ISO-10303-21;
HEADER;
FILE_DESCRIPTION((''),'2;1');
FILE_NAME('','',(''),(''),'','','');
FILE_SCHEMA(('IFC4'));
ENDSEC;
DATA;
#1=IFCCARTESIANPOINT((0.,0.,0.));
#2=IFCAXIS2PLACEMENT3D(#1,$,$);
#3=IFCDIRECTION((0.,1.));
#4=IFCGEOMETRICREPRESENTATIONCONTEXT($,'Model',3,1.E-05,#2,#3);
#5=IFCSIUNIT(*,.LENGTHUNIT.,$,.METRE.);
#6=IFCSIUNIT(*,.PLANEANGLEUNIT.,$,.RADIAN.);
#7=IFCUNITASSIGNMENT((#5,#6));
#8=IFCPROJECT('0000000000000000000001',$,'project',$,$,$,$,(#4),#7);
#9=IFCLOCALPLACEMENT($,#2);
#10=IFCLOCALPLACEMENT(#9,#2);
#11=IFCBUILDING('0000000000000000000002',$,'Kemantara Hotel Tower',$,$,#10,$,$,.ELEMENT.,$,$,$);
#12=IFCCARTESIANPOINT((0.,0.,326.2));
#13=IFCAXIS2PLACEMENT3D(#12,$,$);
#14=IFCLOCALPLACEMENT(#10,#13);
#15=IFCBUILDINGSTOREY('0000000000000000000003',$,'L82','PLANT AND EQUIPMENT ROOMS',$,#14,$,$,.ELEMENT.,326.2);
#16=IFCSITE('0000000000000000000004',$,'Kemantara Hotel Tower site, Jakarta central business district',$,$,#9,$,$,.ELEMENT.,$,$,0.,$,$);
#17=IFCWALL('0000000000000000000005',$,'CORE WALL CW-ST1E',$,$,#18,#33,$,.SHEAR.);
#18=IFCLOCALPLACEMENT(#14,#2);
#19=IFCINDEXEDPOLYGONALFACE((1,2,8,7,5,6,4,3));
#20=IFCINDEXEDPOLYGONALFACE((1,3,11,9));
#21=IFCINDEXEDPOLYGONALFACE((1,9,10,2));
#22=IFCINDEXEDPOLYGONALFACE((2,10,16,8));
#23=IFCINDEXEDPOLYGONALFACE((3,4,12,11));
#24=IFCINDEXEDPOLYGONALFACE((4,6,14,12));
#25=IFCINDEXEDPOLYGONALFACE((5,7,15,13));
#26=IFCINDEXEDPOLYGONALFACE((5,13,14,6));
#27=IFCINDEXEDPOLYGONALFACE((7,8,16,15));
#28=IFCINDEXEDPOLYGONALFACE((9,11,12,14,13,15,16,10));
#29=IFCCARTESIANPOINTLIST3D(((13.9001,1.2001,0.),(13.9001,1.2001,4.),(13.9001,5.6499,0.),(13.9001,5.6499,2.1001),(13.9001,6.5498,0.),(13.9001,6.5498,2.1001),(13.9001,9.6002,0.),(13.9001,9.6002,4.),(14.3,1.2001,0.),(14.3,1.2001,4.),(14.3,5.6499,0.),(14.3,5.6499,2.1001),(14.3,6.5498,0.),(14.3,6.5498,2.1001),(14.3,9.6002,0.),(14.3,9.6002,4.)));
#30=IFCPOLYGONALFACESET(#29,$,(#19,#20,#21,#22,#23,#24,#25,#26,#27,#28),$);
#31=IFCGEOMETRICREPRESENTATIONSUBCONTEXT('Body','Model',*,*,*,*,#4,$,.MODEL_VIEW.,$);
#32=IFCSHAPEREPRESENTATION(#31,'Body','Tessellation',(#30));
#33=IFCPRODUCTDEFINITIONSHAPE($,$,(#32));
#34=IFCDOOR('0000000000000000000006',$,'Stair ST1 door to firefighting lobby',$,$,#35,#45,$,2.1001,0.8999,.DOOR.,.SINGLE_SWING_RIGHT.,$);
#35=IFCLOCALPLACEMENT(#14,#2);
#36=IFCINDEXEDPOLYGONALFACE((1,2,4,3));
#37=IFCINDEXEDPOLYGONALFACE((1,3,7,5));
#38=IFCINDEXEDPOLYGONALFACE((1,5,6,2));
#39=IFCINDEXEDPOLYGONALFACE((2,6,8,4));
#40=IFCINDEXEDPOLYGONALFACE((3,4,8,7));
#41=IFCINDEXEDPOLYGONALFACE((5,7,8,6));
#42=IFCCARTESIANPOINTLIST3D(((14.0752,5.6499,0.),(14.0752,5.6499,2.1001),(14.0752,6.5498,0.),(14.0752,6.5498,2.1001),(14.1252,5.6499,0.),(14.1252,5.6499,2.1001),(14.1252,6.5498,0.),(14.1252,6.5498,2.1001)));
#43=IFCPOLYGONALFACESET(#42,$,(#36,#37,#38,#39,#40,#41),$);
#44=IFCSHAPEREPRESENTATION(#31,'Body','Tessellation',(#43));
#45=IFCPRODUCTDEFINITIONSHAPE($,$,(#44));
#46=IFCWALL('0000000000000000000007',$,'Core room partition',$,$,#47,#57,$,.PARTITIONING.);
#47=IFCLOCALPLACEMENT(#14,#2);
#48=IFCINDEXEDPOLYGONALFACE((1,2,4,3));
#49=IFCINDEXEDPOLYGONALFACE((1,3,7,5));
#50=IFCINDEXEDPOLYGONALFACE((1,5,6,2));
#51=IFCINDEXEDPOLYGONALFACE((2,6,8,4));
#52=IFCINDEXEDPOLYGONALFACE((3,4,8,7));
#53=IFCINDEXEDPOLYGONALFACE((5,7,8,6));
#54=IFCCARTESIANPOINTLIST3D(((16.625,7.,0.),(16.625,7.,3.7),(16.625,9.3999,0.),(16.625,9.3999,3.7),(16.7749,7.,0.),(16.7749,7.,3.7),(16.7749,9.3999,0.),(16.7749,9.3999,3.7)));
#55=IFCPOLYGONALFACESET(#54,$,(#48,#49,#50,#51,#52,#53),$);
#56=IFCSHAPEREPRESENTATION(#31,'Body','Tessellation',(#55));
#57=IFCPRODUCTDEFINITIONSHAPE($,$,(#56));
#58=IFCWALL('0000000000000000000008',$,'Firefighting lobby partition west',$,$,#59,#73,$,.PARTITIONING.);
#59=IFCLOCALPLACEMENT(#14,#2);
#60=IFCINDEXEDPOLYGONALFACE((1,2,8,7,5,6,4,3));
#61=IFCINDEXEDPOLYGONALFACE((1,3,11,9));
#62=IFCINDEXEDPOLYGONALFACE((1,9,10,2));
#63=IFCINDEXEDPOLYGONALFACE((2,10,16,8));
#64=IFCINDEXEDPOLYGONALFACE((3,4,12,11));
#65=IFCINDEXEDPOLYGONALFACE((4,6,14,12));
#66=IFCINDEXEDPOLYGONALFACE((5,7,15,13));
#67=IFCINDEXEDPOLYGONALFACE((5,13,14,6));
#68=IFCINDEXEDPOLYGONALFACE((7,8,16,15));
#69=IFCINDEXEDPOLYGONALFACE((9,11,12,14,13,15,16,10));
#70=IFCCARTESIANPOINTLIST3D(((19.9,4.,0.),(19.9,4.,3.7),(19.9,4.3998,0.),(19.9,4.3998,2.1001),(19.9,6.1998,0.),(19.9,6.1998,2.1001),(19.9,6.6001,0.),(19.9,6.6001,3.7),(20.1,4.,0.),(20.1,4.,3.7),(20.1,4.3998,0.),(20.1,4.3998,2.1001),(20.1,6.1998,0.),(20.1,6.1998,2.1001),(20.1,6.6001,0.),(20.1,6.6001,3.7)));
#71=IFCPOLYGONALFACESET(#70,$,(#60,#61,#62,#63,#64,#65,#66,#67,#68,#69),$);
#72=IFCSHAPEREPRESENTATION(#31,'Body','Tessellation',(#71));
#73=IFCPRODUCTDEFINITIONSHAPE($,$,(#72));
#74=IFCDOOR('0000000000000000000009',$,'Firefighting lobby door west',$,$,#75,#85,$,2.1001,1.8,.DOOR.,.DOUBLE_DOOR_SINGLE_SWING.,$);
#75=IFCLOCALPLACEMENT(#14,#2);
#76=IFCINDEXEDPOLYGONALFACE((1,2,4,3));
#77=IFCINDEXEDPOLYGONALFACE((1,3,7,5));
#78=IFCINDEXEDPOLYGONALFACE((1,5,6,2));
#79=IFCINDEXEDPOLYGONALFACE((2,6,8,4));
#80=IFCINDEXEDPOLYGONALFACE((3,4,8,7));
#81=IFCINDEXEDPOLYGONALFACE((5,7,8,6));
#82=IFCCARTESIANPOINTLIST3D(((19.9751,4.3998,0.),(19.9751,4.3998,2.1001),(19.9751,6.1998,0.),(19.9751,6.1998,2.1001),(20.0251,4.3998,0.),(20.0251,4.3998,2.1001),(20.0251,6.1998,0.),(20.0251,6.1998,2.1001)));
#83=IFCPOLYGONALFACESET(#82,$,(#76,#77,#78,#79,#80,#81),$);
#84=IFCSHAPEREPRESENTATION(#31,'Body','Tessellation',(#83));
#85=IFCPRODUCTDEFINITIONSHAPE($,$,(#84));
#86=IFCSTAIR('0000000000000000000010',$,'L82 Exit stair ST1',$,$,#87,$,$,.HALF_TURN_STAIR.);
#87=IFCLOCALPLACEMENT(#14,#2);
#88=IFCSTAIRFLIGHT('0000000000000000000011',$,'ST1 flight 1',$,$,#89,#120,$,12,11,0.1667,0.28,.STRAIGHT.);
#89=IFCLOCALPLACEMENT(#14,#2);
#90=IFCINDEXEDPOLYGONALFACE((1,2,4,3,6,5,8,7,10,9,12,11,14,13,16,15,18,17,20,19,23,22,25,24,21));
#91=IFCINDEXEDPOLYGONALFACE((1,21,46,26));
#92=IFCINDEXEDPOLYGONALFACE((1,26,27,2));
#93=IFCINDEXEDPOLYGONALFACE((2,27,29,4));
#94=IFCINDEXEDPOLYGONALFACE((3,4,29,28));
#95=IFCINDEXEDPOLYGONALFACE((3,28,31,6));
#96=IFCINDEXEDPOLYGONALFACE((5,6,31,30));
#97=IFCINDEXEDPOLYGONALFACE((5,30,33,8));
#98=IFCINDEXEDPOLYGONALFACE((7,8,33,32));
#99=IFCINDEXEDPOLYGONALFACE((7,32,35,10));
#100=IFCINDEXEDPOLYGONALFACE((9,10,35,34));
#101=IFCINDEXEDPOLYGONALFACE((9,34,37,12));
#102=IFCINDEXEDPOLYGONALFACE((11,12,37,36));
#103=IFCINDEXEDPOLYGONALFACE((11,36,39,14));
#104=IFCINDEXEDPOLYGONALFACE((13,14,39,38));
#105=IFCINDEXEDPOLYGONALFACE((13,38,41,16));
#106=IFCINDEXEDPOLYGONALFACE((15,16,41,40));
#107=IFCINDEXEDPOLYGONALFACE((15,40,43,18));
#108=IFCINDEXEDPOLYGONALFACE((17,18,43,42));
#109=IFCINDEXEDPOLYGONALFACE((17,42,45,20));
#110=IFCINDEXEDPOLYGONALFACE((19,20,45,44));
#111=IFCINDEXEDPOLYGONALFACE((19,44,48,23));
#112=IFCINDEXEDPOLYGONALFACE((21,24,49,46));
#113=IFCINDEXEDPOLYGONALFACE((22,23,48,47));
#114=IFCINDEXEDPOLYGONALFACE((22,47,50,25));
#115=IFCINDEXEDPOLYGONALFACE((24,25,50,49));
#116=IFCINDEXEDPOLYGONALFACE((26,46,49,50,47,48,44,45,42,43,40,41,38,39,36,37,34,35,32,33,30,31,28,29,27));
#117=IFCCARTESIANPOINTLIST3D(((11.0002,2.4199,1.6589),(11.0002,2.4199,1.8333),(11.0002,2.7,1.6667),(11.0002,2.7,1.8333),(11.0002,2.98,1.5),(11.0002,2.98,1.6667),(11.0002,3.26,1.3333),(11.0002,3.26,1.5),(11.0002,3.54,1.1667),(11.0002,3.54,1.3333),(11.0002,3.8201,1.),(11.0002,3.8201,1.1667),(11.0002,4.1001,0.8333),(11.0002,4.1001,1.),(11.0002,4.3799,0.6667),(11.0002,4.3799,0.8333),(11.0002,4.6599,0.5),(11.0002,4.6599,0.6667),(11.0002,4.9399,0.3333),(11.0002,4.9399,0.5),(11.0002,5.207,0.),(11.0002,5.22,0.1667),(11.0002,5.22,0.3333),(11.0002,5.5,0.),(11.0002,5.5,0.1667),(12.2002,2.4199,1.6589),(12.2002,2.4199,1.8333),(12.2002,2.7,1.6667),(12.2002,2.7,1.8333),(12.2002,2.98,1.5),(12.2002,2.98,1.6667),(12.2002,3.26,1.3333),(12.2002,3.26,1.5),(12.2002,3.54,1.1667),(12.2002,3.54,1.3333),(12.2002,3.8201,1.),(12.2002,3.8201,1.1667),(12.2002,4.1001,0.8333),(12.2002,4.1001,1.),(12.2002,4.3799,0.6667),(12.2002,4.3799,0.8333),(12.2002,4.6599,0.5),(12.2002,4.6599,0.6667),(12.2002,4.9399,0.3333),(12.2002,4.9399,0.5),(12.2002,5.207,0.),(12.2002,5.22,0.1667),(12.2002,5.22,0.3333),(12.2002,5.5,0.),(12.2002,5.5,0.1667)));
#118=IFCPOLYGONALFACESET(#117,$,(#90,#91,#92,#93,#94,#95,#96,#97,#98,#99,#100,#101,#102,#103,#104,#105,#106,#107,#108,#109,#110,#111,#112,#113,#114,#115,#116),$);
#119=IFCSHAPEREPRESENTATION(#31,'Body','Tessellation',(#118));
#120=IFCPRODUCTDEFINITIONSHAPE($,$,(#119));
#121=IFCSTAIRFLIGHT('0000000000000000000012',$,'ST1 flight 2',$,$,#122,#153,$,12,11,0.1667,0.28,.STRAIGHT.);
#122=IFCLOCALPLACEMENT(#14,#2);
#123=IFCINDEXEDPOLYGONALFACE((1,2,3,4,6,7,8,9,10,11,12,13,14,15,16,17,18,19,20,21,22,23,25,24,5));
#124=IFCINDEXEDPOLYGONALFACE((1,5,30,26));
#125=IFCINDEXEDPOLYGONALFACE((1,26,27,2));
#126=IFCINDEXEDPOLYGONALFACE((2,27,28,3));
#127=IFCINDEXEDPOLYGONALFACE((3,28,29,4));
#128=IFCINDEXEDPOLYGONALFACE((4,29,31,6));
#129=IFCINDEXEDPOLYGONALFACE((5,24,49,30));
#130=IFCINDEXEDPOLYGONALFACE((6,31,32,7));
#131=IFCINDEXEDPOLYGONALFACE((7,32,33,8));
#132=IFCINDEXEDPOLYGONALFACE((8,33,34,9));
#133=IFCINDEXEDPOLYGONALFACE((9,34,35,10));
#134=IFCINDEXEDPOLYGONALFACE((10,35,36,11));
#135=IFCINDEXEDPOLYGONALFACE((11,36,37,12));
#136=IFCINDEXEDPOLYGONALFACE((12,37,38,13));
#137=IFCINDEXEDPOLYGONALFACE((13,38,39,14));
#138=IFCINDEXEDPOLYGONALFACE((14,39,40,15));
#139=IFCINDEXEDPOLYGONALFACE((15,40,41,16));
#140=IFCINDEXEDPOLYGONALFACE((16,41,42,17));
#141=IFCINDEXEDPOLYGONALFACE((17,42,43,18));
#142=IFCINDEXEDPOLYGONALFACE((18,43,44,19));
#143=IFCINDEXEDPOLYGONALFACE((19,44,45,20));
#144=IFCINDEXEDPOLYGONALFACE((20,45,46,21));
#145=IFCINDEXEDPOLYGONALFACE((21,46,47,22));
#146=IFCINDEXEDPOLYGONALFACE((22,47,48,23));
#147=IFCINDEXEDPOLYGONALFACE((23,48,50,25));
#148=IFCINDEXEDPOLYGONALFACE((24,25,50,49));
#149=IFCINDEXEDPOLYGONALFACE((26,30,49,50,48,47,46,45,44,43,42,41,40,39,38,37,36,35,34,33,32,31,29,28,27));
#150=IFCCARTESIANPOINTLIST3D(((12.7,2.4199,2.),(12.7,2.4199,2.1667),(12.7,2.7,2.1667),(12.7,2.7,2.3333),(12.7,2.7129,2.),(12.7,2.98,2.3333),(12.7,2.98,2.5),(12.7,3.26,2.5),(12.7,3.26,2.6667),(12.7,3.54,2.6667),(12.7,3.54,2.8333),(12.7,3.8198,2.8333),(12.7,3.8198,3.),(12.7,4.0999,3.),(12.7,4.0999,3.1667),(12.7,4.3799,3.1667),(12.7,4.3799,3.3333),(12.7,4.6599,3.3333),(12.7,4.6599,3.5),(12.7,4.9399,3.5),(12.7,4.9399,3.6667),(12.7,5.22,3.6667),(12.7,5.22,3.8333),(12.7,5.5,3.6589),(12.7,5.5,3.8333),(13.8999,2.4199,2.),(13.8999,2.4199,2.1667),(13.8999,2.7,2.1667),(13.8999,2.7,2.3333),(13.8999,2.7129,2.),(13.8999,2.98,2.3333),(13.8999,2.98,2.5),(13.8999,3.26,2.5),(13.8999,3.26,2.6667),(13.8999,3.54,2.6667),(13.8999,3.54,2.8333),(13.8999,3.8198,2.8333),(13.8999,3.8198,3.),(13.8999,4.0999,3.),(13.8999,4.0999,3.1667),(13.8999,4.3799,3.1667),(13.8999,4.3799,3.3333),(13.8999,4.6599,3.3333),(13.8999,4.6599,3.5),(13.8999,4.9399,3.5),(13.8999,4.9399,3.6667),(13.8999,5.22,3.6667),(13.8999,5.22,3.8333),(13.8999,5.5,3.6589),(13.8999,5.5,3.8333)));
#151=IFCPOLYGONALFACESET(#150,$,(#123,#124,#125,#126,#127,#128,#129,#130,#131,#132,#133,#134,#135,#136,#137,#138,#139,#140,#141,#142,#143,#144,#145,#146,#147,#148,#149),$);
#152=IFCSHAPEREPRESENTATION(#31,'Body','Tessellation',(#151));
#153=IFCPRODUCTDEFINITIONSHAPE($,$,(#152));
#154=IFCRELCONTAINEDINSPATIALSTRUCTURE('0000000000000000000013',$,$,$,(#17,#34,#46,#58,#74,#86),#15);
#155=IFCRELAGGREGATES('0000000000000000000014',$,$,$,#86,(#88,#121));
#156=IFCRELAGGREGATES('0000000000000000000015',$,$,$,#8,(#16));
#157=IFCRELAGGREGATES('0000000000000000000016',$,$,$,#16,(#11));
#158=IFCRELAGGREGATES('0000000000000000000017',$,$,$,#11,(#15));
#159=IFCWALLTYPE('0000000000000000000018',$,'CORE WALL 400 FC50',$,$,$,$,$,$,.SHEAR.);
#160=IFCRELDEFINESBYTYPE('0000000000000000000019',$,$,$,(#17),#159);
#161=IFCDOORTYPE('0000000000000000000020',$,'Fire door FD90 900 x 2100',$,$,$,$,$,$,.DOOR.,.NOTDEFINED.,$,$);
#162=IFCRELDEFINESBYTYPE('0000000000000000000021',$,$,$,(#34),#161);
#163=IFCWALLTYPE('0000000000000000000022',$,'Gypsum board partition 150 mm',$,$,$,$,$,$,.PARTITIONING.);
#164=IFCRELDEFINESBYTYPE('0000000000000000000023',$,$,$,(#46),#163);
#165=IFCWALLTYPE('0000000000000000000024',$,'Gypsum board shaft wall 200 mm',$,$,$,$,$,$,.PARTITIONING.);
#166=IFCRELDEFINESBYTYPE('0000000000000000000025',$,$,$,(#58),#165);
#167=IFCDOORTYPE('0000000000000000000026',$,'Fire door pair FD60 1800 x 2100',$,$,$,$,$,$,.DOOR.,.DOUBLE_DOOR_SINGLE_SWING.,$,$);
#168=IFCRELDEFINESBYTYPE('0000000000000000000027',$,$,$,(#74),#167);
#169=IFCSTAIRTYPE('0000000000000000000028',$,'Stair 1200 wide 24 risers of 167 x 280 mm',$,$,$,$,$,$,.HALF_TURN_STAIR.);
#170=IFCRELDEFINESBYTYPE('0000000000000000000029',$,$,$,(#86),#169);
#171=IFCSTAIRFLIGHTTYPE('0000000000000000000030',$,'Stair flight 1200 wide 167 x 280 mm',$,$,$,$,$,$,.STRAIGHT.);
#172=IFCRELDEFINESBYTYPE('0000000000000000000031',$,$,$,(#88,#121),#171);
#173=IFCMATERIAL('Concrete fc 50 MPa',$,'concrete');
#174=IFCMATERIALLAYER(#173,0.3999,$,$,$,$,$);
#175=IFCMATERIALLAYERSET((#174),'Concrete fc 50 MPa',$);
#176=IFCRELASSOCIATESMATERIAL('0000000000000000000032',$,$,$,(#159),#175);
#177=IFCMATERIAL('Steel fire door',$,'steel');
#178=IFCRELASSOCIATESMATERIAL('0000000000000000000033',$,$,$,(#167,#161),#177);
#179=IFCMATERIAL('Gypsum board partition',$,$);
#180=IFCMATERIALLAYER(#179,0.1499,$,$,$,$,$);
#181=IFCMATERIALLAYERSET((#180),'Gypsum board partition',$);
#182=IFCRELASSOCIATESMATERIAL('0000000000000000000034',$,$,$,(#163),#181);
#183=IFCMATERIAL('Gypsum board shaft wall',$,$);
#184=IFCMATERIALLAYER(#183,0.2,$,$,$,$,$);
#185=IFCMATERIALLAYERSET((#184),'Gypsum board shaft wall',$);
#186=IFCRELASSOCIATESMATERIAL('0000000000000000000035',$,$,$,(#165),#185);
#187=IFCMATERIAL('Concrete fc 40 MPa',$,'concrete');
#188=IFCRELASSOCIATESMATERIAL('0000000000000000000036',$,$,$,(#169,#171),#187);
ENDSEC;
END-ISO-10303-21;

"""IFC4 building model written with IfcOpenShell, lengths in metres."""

from ifc_helpers import new_model, si_unit, direction, frame, frame_2d, origin, place, context, subcontext, project, spatial, polyline, rectangle, outline, extrude, material, layer, layer_set, type_object, element, fill, aggregate, save


model = new_model("IFC4")

# Units and contexts
model_context = context("Model", 3, precision=1e-05, world=origin(), true_north=direction((0.0, 1.0)))
body_context = subcontext(model_context, "Body", "Model", "MODEL_VIEW")
ifc_project = project(units=[si_unit("LENGTHUNIT", "METRE"), si_unit("PLANEANGLEUNIT", "RADIAN")], contexts=[model_context])

# Site, building, storey
site_placement = place(None, origin())
site = spatial("IfcSite", under=ifc_project, at=site_placement, Name="Kemantara Hotel Tower site, Jakarta central business district", CompositionType="ELEMENT", RefElevation=0.0)
building_placement = place(site_placement, origin())
building = spatial("IfcBuilding", under=site, at=building_placement, Name="Kemantara Hotel Tower", CompositionType="ELEMENT")
storey_placement = place(building_placement, frame((0.0, 0.0, 326.2)))
storey = spatial("IfcBuildingStorey", under=building, at=storey_placement, Name="L82", Description="PLANT AND EQUIPMENT ROOMS", CompositionType="ELEMENT", Elevation=326.2)

# Shared definitions
ifc_material_1 = material(Name="Concrete fc 50 MPa", Category="concrete")

# Shared definitions
ifc_layer_1 = layer(ifc_material_1, 0.3999)
ifc_layer_set_1 = layer_set([ifc_layer_1], Name="Concrete fc 50 MPa")
wall_type_1 = type_object("IfcWallType", Name="CORE WALL 400 FC50", PredefinedType="SHEAR", material=ifc_layer_set_1)
ifc_material_2 = material(Name="Steel fire door", Category="steel")
door_type_1 = type_object("IfcDoorType", Name="Fire door pair FD60 1800 x 2100", OperationType="DOUBLE_DOOR_SINGLE_SWING", PredefinedType="DOOR", material=ifc_material_2)

# Wall, opening, door
wall_1_placement = place(storey_placement, frame((14.1001, 1.2, 0.0), z_axis=(0.0, 0.0, 1.0), x_axis=(0.0, 1.0, 0.0)))
wall_1 = element("IfcWall", 1, at=wall_1_placement, inside=storey, type_object=wall_type_1, Name="CORE WALL CW-ST1E", PredefinedType="SHEAR", context=body_context, shape_type="SweptSolid", body=[
    extrude(rectangle(XDim=8.4001, YDim=0.3999, at=frame_2d((4.2002, 0.0))), origin(), (0.0, 0.0, 1.0), 4.0),
])
opening_1_placement = place(wall_1_placement, frame((4.45, 0.0, 0.0)))
opening_1 = element("IfcOpeningElement", 2, at=opening_1_placement, cuts=wall_1, PredefinedType="OPENING", context=body_context, shape_type="SweptSolid", body=[
    extrude(rectangle(XDim=0.8999, YDim=2.1001, at=frame_2d((0.45, 1.05))), frame((0.0, 0.21, 0.0), z_axis=(0.0, -1.0, 0.0), x_axis=(1.0, 0.0, 0.0)), (0.0, 0.0, 1.0), 0.4199),
])
door_type_2 = type_object("IfcDoorType", Name="Fire door FD90 900 x 2100", OperationType="NOTDEFINED", PredefinedType="DOOR", material=ifc_material_2)
door_1_placement = place(opening_1_placement, origin())
door_1 = element("IfcDoor", 3, at=door_1_placement, inside=storey, type_object=door_type_2, Name="Stair ST1 door to firefighting lobby", OperationType="SINGLE_SWING_RIGHT", OverallHeight=2.1001, OverallWidth=0.8999, PredefinedType="DOOR", context=body_context, shape_type="SweptSolid", body=[
    extrude(rectangle(XDim=0.8999, YDim=2.1001, at=frame_2d((0.45, 1.05))), frame((0.0, 0.0249, 0.0), z_axis=(0.0, -1.0, 0.0), x_axis=(1.0, 0.0, 0.0)), (0.0, 0.0, 1.0), 0.05),
])
fill(opening_1, door_1)

# Wall
ifc_material_3 = material(Name="Gypsum board partition")
ifc_layer_2 = layer(ifc_material_3, 0.1499)
ifc_layer_set_2 = layer_set([ifc_layer_2], Name="Gypsum board partition")
wall_type_2 = type_object("IfcWallType", Name="Gypsum board partition 150 mm", PredefinedType="PARTITIONING", material=ifc_layer_set_2)
wall_2_placement = place(storey_placement, frame((16.7, 7.0, 0.0), z_axis=(0.0, 0.0, 1.0), x_axis=(0.0, 1.0, 0.0)))
element("IfcWall", 4, at=wall_2_placement, inside=storey, type_object=wall_type_2, Name="Core room partition", PredefinedType="PARTITIONING", context=body_context, shape_type="SweptSolid", body=[
    extrude(rectangle(XDim=2.3999, YDim=0.1499, at=frame_2d((1.2, 0.0))), origin(), (0.0, 0.0, 1.0), 3.7),
])

# Wall, opening, door
ifc_material_4 = material(Name="Gypsum board shaft wall")
ifc_layer_3 = layer(ifc_material_4, 0.2)
ifc_layer_set_3 = layer_set([ifc_layer_3], Name="Gypsum board shaft wall")
wall_type_3 = type_object("IfcWallType", Name="Gypsum board shaft wall 200 mm", PredefinedType="PARTITIONING", material=ifc_layer_set_3)
wall_3_placement = place(storey_placement, frame((20.0, 4.0, 0.0), z_axis=(0.0, 0.0, 1.0), x_axis=(0.0, 1.0, 0.0)))
wall_3 = element("IfcWall", 5, at=wall_3_placement, inside=storey, type_object=wall_type_3, Name="Firefighting lobby partition west", PredefinedType="PARTITIONING", context=body_context, shape_type="SweptSolid", body=[
    extrude(rectangle(XDim=2.6001, YDim=0.2, at=frame_2d((1.3, 0.0))), origin(), (0.0, 0.0, 1.0), 3.7),
])
opening_2_placement = place(wall_3_placement, frame((0.3999, 0.0, 0.0)))
opening_2 = element("IfcOpeningElement", 6, at=opening_2_placement, cuts=wall_3, PredefinedType="OPENING", context=body_context, shape_type="SweptSolid", body=[
    extrude(rectangle(XDim=1.8, YDim=2.1001, at=frame_2d((0.8999, 1.05))), frame((0.0, 0.1099, 0.0), z_axis=(0.0, -1.0, 0.0), x_axis=(1.0, 0.0, 0.0)), (0.0, 0.0, 1.0), 0.22),
])
door_2_placement = place(opening_2_placement, origin())
door_2 = element("IfcDoor", 7, at=door_2_placement, inside=storey, type_object=door_type_1, Name="Firefighting lobby door west", OperationType="DOUBLE_DOOR_SINGLE_SWING", OverallHeight=2.1001, OverallWidth=1.8, PredefinedType="DOOR", context=body_context, shape_type="SweptSolid", body=[
    extrude(rectangle(XDim=1.8, YDim=2.1001, at=frame_2d((0.8999, 1.05))), frame((0.0, 0.0249, 0.0), z_axis=(0.0, -1.0, 0.0), x_axis=(1.0, 0.0, 0.0)), (0.0, 0.0, 1.0), 0.05),
])
fill(opening_2, door_2)

# Stair, stair flights
ifc_material_5 = material(Name="Concrete fc 40 MPa", Category="concrete")
stair_type = type_object("IfcStairType", Name="Stair 1200 wide 24 risers of 167 x 280 mm", PredefinedType="HALF_TURN_STAIR", material=ifc_material_5)
stair_placement = place(storey_placement, origin())
stair = element("IfcStair", 8, at=stair_placement, inside=storey, type_object=stair_type, Name="L82 Exit stair ST1", PredefinedType="HALF_TURN_STAIR")
stair_flight_type = type_object("IfcStairFlightType", Name="Stair flight 1200 wide 167 x 280 mm", PredefinedType="STRAIGHT", material=ifc_material_5)
stair_flight_1_placement = place(storey_placement, frame((11.6001, 5.5, 0.0), z_axis=(0.0, 0.0, 1.0), x_axis=(0.0, -1.0, 0.0)))
stair_flight_1 = element("IfcStairFlight", 9, at=stair_flight_1_placement, type_object=stair_flight_type, Name="ST1 flight 1", NumberOfRisers=12, NumberOfTreads=11, PredefinedType="STRAIGHT", RiserHeight=0.1667, TreadLength=0.28, context=body_context, shape_type="SweptSolid", body=[
    extrude(outline(polyline([(0.0, 0.0), (0.0, 0.1667), (0.28, 0.1667), (0.28, 0.3333), (0.5601, 0.3333), (0.5601, 0.5), (0.8401, 0.5), (0.8401, 0.6667), (1.1201, 0.6667), (1.1201, 0.8333), (1.3999, 0.8333), (1.3999, 1.0), (1.6799, 1.0), (1.6799, 1.1667), (1.96, 1.1667), (1.96, 1.3333), (2.24, 1.3333), (2.24, 1.5), (2.52, 1.5), (2.52, 1.6667), (2.8, 1.6667), (2.8, 1.8333), (3.0801, 1.8333), (3.0801, 2.0), (3.0801, 1.6589), (0.293, 0.0), (0.0, 0.0)])), frame((0.0, 0.6001, 0.0), z_axis=(0.0, -1.0, 0.0), x_axis=(1.0, 0.0, 0.0)), (0.0, 0.0, 1.0), 1.2),
])
stair_flight_2_placement = place(storey_placement, frame((13.3, 2.4199, 2.0), z_axis=(0.0, 0.0, 1.0), x_axis=(0.0, 1.0, 0.0)))
stair_flight_2 = element("IfcStairFlight", 10, at=stair_flight_2_placement, type_object=stair_flight_type, Name="ST1 flight 2", NumberOfRisers=12, NumberOfTreads=11, PredefinedType="STRAIGHT", RiserHeight=0.1667, TreadLength=0.28, context=body_context, shape_type="SweptSolid", body=[
    extrude(outline(polyline([(0.0, 0.0), (0.0, 0.1667), (0.28, 0.1667), (0.28, 0.3333), (0.5601, 0.3333), (0.5601, 0.5), (0.8401, 0.5), (0.8401, 0.6667), (1.1201, 0.6667), (1.1201, 0.8333), (1.3999, 0.8333), (1.3999, 1.0), (1.6799, 1.0), (1.6799, 1.1667), (1.96, 1.1667), (1.96, 1.3333), (2.24, 1.3333), (2.24, 1.5), (2.52, 1.5), (2.52, 1.6667), (2.8, 1.6667), (2.8, 1.8333), (3.0801, 1.8333), (3.0801, 2.0), (3.0801, 1.6589), (0.293, 0.0), (0.0, 0.0)])), frame((0.0, 0.6001, 0.0), z_axis=(0.0, -1.0, 0.0), x_axis=(1.0, 0.0, 0.0)), (0.0, 0.0, 1.0), 1.2),
])
aggregate(stair, [stair_flight_1, stair_flight_2])

save(model, "model.ifc")
